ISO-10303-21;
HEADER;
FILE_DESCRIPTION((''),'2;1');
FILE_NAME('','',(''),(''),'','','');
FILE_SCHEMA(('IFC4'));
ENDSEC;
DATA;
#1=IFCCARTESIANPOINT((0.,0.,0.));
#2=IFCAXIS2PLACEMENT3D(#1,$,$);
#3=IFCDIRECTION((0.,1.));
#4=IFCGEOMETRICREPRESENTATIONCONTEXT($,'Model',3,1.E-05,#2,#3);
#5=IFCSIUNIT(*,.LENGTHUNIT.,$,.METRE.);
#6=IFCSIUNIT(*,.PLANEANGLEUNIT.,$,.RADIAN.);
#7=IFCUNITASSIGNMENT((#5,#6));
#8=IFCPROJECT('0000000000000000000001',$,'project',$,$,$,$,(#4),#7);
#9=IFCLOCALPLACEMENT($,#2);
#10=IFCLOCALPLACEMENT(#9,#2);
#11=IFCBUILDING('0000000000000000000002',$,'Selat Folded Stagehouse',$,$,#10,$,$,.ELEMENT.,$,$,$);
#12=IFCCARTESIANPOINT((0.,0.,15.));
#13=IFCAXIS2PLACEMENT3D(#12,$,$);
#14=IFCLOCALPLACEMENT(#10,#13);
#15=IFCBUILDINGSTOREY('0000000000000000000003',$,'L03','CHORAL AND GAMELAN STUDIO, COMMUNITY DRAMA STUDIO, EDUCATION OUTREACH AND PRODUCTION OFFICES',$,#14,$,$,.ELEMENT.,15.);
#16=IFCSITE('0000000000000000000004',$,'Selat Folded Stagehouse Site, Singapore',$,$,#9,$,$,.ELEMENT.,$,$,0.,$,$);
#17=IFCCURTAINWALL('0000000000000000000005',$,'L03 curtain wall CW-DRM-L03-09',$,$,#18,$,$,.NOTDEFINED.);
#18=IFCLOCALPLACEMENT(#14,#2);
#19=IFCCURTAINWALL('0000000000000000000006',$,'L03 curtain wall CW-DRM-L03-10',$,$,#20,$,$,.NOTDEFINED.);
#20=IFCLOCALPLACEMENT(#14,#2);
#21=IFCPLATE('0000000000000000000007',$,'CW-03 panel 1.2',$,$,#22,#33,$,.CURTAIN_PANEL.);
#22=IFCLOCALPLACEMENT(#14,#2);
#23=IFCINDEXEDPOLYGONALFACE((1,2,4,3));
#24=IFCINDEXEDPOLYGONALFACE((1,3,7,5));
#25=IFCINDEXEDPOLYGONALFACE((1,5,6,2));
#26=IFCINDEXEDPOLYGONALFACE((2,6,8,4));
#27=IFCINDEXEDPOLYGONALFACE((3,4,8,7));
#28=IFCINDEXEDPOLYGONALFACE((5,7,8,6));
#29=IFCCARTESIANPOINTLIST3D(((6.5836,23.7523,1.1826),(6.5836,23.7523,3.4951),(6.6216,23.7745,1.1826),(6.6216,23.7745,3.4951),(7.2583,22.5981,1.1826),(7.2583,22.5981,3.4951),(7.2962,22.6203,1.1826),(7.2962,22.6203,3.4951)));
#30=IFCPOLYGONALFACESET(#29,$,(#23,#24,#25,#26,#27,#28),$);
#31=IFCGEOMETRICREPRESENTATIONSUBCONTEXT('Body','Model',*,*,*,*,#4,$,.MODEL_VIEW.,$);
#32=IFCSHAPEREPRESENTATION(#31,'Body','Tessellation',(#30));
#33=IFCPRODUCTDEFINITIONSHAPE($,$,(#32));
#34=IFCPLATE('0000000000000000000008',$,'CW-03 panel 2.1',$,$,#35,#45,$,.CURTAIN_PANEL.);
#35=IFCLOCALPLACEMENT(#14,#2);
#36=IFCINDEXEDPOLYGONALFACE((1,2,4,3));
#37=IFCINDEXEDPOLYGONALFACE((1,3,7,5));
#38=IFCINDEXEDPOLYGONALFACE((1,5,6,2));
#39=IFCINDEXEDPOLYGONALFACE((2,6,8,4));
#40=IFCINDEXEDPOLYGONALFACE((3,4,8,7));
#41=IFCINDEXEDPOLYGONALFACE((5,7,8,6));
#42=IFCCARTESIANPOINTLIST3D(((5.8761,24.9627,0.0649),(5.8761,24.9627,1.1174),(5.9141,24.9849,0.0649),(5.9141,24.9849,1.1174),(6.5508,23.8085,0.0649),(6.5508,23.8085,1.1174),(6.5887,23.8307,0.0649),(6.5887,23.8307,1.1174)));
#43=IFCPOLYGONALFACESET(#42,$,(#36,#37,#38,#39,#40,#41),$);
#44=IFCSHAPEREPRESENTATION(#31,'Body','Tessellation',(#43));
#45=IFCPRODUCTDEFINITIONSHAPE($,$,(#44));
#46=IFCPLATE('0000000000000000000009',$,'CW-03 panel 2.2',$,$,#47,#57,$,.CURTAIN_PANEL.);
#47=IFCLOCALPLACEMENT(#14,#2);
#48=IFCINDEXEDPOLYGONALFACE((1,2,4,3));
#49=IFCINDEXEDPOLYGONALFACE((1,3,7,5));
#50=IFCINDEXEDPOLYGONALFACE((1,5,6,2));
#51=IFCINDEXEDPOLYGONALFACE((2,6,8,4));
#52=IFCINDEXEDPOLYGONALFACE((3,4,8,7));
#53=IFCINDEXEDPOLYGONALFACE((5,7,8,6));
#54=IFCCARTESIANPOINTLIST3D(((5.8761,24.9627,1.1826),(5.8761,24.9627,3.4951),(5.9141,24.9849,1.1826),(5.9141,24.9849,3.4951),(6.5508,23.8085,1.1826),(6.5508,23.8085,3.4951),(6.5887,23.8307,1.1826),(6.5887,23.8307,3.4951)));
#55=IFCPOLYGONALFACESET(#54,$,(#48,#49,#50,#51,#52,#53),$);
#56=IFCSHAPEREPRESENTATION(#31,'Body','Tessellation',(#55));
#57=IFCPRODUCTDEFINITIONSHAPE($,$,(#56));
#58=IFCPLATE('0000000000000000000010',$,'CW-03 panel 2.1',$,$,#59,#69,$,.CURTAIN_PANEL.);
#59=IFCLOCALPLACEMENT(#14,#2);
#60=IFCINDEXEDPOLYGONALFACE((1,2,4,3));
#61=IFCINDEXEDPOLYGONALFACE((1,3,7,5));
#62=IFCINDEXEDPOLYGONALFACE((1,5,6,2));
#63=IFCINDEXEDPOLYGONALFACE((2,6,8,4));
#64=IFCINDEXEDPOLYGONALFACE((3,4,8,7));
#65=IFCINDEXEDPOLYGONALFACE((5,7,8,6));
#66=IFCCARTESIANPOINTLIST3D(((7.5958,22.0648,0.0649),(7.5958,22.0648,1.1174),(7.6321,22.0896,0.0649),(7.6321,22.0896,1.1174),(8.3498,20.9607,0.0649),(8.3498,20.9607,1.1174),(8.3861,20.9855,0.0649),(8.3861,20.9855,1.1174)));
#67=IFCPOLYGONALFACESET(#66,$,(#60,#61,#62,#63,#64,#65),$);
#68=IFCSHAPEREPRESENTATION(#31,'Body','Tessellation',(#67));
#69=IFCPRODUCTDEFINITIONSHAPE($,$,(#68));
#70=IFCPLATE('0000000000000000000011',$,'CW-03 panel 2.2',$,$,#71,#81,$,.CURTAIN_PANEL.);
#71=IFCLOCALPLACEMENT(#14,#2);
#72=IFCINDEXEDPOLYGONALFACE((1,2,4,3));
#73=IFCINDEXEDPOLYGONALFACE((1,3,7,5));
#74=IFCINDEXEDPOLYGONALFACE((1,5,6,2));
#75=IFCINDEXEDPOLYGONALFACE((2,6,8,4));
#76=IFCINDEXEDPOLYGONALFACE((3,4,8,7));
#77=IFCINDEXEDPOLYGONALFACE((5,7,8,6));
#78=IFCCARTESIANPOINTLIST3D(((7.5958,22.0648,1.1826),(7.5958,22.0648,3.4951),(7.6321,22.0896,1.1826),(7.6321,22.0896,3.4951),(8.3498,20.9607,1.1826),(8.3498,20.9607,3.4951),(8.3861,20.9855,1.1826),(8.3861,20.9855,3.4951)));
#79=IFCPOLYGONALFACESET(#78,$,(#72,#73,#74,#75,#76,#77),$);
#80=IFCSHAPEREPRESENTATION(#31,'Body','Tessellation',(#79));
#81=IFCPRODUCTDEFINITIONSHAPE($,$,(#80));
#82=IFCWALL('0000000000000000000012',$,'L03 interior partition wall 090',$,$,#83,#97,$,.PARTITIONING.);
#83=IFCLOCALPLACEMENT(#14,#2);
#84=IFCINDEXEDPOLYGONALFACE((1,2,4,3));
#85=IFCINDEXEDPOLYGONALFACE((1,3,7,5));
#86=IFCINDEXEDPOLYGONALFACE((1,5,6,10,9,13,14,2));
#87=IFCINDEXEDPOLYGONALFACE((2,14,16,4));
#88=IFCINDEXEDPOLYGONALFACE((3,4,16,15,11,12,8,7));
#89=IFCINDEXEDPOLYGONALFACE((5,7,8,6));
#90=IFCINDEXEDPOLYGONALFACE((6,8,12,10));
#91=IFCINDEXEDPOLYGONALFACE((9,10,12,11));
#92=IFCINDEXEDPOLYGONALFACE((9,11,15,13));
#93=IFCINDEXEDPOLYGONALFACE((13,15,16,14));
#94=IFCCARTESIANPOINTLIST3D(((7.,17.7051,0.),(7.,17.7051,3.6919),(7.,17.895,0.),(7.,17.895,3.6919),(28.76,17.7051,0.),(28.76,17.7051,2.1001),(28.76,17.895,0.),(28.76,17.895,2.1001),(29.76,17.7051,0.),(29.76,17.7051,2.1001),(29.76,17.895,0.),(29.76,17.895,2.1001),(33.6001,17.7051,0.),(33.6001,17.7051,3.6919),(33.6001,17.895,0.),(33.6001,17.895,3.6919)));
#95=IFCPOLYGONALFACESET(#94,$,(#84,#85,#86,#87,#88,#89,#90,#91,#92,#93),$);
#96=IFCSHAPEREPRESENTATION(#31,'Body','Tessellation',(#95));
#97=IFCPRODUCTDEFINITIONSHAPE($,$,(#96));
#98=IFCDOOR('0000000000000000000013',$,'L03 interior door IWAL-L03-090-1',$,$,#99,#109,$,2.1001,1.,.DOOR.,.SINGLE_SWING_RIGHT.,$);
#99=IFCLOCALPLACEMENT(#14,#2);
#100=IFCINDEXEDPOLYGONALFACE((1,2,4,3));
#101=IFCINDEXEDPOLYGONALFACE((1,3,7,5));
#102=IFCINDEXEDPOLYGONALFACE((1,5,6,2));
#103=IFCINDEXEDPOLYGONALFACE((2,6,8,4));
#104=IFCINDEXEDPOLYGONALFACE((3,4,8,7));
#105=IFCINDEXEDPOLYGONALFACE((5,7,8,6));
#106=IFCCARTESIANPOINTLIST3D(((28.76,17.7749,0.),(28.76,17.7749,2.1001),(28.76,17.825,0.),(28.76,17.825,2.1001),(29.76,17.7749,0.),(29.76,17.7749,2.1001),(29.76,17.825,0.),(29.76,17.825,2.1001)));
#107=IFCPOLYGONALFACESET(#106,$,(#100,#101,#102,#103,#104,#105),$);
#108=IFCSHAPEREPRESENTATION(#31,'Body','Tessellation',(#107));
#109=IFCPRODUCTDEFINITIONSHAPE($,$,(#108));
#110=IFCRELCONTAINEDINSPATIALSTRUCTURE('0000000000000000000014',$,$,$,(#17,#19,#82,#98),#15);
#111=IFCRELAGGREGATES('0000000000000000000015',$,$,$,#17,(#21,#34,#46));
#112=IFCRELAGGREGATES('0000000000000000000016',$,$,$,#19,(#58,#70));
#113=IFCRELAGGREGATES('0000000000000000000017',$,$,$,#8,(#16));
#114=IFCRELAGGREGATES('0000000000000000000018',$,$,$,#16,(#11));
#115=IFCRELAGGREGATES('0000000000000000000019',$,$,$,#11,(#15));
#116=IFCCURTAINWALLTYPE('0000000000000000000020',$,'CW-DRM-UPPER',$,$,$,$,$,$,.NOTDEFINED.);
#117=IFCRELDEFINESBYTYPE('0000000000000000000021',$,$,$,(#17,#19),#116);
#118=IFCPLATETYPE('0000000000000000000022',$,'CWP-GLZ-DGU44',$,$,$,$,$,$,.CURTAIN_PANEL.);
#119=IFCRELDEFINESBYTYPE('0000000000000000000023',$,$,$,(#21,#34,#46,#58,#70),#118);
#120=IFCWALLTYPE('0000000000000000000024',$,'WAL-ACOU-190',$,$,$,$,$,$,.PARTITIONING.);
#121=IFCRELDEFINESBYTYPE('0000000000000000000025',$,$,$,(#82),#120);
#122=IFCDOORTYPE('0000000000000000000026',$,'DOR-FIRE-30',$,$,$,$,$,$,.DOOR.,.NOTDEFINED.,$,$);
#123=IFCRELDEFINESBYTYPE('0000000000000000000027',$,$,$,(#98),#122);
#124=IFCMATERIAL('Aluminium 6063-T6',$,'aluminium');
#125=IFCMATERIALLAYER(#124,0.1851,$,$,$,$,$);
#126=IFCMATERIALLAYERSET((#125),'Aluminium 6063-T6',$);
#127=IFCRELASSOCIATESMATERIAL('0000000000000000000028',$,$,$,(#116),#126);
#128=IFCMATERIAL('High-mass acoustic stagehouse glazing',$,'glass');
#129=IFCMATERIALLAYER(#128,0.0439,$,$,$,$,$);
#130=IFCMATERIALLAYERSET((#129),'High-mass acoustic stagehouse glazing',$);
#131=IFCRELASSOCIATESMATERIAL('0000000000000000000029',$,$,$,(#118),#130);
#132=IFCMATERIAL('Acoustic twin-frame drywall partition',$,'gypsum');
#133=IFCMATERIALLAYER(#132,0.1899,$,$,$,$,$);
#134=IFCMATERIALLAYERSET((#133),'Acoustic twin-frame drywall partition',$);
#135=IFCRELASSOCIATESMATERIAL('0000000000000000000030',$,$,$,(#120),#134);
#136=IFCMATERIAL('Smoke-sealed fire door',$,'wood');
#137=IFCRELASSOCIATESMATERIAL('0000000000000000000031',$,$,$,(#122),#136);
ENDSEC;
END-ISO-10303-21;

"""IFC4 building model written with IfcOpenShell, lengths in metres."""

from ifc_helpers import new_model, si_unit, direction, frame, frame_2d, origin, origin_2d, place, context, subcontext, project, spatial, rectangle, extrude, material, layer, layer_set, type_object, element, fill, aggregate, save


model = new_model("IFC4")

# Units and contexts
model_context = context("Model", 3, precision=1e-05, world=origin(), true_north=direction((0.0, 1.0)))
body_context = subcontext(model_context, "Body", "Model", "MODEL_VIEW")
ifc_project = project(units=[si_unit("LENGTHUNIT", "METRE"), si_unit("PLANEANGLEUNIT", "RADIAN")], contexts=[model_context])

# Site, building, storey
site_placement = place(None, origin())
site = spatial("IfcSite", under=ifc_project, at=site_placement, Name="Selat Folded Stagehouse Site, Singapore", CompositionType="ELEMENT", RefElevation=0.0)
building_placement = place(site_placement, origin())
building = spatial("IfcBuilding", under=site, at=building_placement, Name="Selat Folded Stagehouse", CompositionType="ELEMENT")
storey_placement = place(building_placement, frame((0.0, 0.0, 15.0)))
storey = spatial("IfcBuildingStorey", under=building, at=storey_placement, Name="L03", Description="CHORAL AND GAMELAN STUDIO, COMMUNITY DRAMA STUDIO, EDUCATION OUTREACH AND PRODUCTION OFFICES", CompositionType="ELEMENT", Elevation=15.0)

# Curtain walls
ifc_material_1 = material(Name="Aluminium 6063-T6", Category="aluminium")
ifc_layer_1 = layer(ifc_material_1, 0.1851)
ifc_layer_set_1 = layer_set([ifc_layer_1], Name="Aluminium 6063-T6")
curtain_wall_type = type_object("IfcCurtainWallType", Name="CW-DRM-UPPER", PredefinedType="NOTDEFINED", material=ifc_layer_set_1)
curtain_wall_1_placement = place(storey_placement, origin())
curtain_wall_1 = element("IfcCurtainWall", 1, at=curtain_wall_1_placement, inside=storey, type_object=curtain_wall_type, Name="L03 curtain wall CW-DRM-L03-09", PredefinedType="NOTDEFINED")
curtain_wall_2_placement = place(storey_placement, origin())
curtain_wall_2 = element("IfcCurtainWall", 2, at=curtain_wall_2_placement, inside=storey, type_object=curtain_wall_type, Name="L03 curtain wall CW-DRM-L03-10", PredefinedType="NOTDEFINED")

# Plates
ifc_material_2 = material(Name="High-mass acoustic stagehouse glazing", Category="glass")
ifc_layer_2 = layer(ifc_material_2, 0.0439)
ifc_layer_set_2 = layer_set([ifc_layer_2], Name="High-mass acoustic stagehouse glazing")
plate_type = type_object("IfcPlateType", Name="CWP-GLZ-DGU44", PredefinedType="CURTAIN_PANEL", material=ifc_layer_set_2)
plate_1_placement = place(storey_placement, frame((6.9399, 23.1863, 1.1826), z_axis=(0.0, 0.0, 1.0), x_axis=(-0.504636, 0.863332, 0.0)))
plate_1 = element("IfcPlate", 3, at=plate_1_placement, type_object=plate_type, Name="CW-03 panel 1.2", PredefinedType="CURTAIN_PANEL", context=body_context, shape_type="SweptSolid", body=[
    extrude(rectangle(XDim=1.3369, YDim=0.0439, at=origin_2d()), origin(), (0.0, 0.0, 1.0), 2.3125),
])
plate_2_placement = place(storey_placement, frame((6.2324, 24.3967, 0.0649), z_axis=(0.0, 0.0, 1.0), x_axis=(-0.504636, 0.863332, 0.0)))
plate_2 = element("IfcPlate", 4, at=plate_2_placement, type_object=plate_type, Name="CW-03 panel 2.1", PredefinedType="CURTAIN_PANEL", context=body_context, shape_type="SweptSolid", body=[
    extrude(rectangle(XDim=1.3369, YDim=0.0439, at=origin_2d()), origin(), (0.0, 0.0, 1.0), 1.0525),
])
plate_3_placement = place(storey_placement, frame((6.2324, 24.3967, 1.1826), z_axis=(0.0, 0.0, 1.0), x_axis=(-0.504636, 0.863332, 0.0)))
plate_3 = element("IfcPlate", 5, at=plate_3_placement, type_object=plate_type, Name="CW-03 panel 2.2", PredefinedType="CURTAIN_PANEL", context=body_context, shape_type="SweptSolid", body=[
    extrude(rectangle(XDim=1.3369, YDim=0.0439, at=origin_2d()), origin(), (0.0, 0.0, 1.0), 2.3125),
])
aggregate(curtain_wall_1, [plate_1, plate_2, plate_3])
plate_4_placement = place(storey_placement, frame((7.991, 21.5251, 0.0649), z_axis=(0.0, 0.0, 1.0), x_axis=(-0.563948, 0.82581, 0.0)))
plate_4 = element("IfcPlate", 6, at=plate_4_placement, type_object=plate_type, Name="CW-03 panel 2.1", PredefinedType="CURTAIN_PANEL", context=body_context, shape_type="SweptSolid", body=[
    extrude(rectangle(XDim=1.3369, YDim=0.0439, at=origin_2d()), origin(), (0.0, 0.0, 1.0), 1.0525),
])
plate_5_placement = place(storey_placement, frame((7.991, 21.5251, 1.1826), z_axis=(0.0, 0.0, 1.0), x_axis=(-0.563948, 0.82581, 0.0)))
plate_5 = element("IfcPlate", 7, at=plate_5_placement, type_object=plate_type, Name="CW-03 panel 2.2", PredefinedType="CURTAIN_PANEL", context=body_context, shape_type="SweptSolid", body=[
    extrude(rectangle(XDim=1.3369, YDim=0.0439, at=origin_2d()), origin(), (0.0, 0.0, 1.0), 2.3125),
])
aggregate(curtain_wall_2, [plate_4, plate_5])

# Wall, opening, door
ifc_material_3 = material(Name="Acoustic twin-frame drywall partition", Category="gypsum")
ifc_layer_3 = layer(ifc_material_3, 0.1899)
ifc_layer_set_3 = layer_set([ifc_layer_3], Name="Acoustic twin-frame drywall partition")
wall_type = type_object("IfcWallType", Name="WAL-ACOU-190", PredefinedType="PARTITIONING", material=ifc_layer_set_3)
wall_placement = place(storey_placement, frame((7.0, 17.8, 0.0), z_axis=(0.0, 0.0, 1.0), x_axis=(1.0, 0.0, 0.0)))
wall = element("IfcWall", 8, at=wall_placement, inside=storey, type_object=wall_type, Name="L03 interior partition wall 090", PredefinedType="PARTITIONING", context=body_context, shape_type="SweptSolid", body=[
    extrude(rectangle(XDim=26.6001, YDim=0.1899, at=frame_2d((13.3, 0.0))), origin(), (0.0, 0.0, 1.0), 3.6919),
])
opening_placement = place(wall_placement, frame((21.76, 0.0, 0.0)))
opening = element("IfcOpeningElement", 9, at=opening_placement, cuts=wall, PredefinedType="OPENING", context=body_context, shape_type="SweptSolid", body=[
    extrude(rectangle(XDim=1.0, YDim=2.1001, at=frame_2d((0.5, 1.05))), frame((0.0, 0.105, 0.0), z_axis=(0.0, -1.0, 0.0), x_axis=(1.0, 0.0, 0.0)), (0.0, 0.0, 1.0), 0.21),
])
ifc_material_4 = material(Name="Smoke-sealed fire door", Category="wood")
door_type = type_object("IfcDoorType", Name="DOR-FIRE-30", OperationType="NOTDEFINED", PredefinedType="DOOR", material=ifc_material_4)
door_placement = place(opening_placement, origin())
door = element("IfcDoor", 10, at=door_placement, inside=storey, type_object=door_type, Name="L03 interior door IWAL-L03-090-1", OperationType="SINGLE_SWING_RIGHT", OverallHeight=2.1001, OverallWidth=1.0, PredefinedType="DOOR", context=body_context, shape_type="SweptSolid", body=[
    extrude(rectangle(XDim=1.0, YDim=2.1001, at=frame_2d((0.5, 1.05))), frame((0.0, 0.0249, 0.0), z_axis=(0.0, -1.0, 0.0), x_axis=(1.0, 0.0, 0.0)), (0.0, 0.0, 1.0), 0.05),
])
fill(opening, door)

save(model, "model.ifc")
